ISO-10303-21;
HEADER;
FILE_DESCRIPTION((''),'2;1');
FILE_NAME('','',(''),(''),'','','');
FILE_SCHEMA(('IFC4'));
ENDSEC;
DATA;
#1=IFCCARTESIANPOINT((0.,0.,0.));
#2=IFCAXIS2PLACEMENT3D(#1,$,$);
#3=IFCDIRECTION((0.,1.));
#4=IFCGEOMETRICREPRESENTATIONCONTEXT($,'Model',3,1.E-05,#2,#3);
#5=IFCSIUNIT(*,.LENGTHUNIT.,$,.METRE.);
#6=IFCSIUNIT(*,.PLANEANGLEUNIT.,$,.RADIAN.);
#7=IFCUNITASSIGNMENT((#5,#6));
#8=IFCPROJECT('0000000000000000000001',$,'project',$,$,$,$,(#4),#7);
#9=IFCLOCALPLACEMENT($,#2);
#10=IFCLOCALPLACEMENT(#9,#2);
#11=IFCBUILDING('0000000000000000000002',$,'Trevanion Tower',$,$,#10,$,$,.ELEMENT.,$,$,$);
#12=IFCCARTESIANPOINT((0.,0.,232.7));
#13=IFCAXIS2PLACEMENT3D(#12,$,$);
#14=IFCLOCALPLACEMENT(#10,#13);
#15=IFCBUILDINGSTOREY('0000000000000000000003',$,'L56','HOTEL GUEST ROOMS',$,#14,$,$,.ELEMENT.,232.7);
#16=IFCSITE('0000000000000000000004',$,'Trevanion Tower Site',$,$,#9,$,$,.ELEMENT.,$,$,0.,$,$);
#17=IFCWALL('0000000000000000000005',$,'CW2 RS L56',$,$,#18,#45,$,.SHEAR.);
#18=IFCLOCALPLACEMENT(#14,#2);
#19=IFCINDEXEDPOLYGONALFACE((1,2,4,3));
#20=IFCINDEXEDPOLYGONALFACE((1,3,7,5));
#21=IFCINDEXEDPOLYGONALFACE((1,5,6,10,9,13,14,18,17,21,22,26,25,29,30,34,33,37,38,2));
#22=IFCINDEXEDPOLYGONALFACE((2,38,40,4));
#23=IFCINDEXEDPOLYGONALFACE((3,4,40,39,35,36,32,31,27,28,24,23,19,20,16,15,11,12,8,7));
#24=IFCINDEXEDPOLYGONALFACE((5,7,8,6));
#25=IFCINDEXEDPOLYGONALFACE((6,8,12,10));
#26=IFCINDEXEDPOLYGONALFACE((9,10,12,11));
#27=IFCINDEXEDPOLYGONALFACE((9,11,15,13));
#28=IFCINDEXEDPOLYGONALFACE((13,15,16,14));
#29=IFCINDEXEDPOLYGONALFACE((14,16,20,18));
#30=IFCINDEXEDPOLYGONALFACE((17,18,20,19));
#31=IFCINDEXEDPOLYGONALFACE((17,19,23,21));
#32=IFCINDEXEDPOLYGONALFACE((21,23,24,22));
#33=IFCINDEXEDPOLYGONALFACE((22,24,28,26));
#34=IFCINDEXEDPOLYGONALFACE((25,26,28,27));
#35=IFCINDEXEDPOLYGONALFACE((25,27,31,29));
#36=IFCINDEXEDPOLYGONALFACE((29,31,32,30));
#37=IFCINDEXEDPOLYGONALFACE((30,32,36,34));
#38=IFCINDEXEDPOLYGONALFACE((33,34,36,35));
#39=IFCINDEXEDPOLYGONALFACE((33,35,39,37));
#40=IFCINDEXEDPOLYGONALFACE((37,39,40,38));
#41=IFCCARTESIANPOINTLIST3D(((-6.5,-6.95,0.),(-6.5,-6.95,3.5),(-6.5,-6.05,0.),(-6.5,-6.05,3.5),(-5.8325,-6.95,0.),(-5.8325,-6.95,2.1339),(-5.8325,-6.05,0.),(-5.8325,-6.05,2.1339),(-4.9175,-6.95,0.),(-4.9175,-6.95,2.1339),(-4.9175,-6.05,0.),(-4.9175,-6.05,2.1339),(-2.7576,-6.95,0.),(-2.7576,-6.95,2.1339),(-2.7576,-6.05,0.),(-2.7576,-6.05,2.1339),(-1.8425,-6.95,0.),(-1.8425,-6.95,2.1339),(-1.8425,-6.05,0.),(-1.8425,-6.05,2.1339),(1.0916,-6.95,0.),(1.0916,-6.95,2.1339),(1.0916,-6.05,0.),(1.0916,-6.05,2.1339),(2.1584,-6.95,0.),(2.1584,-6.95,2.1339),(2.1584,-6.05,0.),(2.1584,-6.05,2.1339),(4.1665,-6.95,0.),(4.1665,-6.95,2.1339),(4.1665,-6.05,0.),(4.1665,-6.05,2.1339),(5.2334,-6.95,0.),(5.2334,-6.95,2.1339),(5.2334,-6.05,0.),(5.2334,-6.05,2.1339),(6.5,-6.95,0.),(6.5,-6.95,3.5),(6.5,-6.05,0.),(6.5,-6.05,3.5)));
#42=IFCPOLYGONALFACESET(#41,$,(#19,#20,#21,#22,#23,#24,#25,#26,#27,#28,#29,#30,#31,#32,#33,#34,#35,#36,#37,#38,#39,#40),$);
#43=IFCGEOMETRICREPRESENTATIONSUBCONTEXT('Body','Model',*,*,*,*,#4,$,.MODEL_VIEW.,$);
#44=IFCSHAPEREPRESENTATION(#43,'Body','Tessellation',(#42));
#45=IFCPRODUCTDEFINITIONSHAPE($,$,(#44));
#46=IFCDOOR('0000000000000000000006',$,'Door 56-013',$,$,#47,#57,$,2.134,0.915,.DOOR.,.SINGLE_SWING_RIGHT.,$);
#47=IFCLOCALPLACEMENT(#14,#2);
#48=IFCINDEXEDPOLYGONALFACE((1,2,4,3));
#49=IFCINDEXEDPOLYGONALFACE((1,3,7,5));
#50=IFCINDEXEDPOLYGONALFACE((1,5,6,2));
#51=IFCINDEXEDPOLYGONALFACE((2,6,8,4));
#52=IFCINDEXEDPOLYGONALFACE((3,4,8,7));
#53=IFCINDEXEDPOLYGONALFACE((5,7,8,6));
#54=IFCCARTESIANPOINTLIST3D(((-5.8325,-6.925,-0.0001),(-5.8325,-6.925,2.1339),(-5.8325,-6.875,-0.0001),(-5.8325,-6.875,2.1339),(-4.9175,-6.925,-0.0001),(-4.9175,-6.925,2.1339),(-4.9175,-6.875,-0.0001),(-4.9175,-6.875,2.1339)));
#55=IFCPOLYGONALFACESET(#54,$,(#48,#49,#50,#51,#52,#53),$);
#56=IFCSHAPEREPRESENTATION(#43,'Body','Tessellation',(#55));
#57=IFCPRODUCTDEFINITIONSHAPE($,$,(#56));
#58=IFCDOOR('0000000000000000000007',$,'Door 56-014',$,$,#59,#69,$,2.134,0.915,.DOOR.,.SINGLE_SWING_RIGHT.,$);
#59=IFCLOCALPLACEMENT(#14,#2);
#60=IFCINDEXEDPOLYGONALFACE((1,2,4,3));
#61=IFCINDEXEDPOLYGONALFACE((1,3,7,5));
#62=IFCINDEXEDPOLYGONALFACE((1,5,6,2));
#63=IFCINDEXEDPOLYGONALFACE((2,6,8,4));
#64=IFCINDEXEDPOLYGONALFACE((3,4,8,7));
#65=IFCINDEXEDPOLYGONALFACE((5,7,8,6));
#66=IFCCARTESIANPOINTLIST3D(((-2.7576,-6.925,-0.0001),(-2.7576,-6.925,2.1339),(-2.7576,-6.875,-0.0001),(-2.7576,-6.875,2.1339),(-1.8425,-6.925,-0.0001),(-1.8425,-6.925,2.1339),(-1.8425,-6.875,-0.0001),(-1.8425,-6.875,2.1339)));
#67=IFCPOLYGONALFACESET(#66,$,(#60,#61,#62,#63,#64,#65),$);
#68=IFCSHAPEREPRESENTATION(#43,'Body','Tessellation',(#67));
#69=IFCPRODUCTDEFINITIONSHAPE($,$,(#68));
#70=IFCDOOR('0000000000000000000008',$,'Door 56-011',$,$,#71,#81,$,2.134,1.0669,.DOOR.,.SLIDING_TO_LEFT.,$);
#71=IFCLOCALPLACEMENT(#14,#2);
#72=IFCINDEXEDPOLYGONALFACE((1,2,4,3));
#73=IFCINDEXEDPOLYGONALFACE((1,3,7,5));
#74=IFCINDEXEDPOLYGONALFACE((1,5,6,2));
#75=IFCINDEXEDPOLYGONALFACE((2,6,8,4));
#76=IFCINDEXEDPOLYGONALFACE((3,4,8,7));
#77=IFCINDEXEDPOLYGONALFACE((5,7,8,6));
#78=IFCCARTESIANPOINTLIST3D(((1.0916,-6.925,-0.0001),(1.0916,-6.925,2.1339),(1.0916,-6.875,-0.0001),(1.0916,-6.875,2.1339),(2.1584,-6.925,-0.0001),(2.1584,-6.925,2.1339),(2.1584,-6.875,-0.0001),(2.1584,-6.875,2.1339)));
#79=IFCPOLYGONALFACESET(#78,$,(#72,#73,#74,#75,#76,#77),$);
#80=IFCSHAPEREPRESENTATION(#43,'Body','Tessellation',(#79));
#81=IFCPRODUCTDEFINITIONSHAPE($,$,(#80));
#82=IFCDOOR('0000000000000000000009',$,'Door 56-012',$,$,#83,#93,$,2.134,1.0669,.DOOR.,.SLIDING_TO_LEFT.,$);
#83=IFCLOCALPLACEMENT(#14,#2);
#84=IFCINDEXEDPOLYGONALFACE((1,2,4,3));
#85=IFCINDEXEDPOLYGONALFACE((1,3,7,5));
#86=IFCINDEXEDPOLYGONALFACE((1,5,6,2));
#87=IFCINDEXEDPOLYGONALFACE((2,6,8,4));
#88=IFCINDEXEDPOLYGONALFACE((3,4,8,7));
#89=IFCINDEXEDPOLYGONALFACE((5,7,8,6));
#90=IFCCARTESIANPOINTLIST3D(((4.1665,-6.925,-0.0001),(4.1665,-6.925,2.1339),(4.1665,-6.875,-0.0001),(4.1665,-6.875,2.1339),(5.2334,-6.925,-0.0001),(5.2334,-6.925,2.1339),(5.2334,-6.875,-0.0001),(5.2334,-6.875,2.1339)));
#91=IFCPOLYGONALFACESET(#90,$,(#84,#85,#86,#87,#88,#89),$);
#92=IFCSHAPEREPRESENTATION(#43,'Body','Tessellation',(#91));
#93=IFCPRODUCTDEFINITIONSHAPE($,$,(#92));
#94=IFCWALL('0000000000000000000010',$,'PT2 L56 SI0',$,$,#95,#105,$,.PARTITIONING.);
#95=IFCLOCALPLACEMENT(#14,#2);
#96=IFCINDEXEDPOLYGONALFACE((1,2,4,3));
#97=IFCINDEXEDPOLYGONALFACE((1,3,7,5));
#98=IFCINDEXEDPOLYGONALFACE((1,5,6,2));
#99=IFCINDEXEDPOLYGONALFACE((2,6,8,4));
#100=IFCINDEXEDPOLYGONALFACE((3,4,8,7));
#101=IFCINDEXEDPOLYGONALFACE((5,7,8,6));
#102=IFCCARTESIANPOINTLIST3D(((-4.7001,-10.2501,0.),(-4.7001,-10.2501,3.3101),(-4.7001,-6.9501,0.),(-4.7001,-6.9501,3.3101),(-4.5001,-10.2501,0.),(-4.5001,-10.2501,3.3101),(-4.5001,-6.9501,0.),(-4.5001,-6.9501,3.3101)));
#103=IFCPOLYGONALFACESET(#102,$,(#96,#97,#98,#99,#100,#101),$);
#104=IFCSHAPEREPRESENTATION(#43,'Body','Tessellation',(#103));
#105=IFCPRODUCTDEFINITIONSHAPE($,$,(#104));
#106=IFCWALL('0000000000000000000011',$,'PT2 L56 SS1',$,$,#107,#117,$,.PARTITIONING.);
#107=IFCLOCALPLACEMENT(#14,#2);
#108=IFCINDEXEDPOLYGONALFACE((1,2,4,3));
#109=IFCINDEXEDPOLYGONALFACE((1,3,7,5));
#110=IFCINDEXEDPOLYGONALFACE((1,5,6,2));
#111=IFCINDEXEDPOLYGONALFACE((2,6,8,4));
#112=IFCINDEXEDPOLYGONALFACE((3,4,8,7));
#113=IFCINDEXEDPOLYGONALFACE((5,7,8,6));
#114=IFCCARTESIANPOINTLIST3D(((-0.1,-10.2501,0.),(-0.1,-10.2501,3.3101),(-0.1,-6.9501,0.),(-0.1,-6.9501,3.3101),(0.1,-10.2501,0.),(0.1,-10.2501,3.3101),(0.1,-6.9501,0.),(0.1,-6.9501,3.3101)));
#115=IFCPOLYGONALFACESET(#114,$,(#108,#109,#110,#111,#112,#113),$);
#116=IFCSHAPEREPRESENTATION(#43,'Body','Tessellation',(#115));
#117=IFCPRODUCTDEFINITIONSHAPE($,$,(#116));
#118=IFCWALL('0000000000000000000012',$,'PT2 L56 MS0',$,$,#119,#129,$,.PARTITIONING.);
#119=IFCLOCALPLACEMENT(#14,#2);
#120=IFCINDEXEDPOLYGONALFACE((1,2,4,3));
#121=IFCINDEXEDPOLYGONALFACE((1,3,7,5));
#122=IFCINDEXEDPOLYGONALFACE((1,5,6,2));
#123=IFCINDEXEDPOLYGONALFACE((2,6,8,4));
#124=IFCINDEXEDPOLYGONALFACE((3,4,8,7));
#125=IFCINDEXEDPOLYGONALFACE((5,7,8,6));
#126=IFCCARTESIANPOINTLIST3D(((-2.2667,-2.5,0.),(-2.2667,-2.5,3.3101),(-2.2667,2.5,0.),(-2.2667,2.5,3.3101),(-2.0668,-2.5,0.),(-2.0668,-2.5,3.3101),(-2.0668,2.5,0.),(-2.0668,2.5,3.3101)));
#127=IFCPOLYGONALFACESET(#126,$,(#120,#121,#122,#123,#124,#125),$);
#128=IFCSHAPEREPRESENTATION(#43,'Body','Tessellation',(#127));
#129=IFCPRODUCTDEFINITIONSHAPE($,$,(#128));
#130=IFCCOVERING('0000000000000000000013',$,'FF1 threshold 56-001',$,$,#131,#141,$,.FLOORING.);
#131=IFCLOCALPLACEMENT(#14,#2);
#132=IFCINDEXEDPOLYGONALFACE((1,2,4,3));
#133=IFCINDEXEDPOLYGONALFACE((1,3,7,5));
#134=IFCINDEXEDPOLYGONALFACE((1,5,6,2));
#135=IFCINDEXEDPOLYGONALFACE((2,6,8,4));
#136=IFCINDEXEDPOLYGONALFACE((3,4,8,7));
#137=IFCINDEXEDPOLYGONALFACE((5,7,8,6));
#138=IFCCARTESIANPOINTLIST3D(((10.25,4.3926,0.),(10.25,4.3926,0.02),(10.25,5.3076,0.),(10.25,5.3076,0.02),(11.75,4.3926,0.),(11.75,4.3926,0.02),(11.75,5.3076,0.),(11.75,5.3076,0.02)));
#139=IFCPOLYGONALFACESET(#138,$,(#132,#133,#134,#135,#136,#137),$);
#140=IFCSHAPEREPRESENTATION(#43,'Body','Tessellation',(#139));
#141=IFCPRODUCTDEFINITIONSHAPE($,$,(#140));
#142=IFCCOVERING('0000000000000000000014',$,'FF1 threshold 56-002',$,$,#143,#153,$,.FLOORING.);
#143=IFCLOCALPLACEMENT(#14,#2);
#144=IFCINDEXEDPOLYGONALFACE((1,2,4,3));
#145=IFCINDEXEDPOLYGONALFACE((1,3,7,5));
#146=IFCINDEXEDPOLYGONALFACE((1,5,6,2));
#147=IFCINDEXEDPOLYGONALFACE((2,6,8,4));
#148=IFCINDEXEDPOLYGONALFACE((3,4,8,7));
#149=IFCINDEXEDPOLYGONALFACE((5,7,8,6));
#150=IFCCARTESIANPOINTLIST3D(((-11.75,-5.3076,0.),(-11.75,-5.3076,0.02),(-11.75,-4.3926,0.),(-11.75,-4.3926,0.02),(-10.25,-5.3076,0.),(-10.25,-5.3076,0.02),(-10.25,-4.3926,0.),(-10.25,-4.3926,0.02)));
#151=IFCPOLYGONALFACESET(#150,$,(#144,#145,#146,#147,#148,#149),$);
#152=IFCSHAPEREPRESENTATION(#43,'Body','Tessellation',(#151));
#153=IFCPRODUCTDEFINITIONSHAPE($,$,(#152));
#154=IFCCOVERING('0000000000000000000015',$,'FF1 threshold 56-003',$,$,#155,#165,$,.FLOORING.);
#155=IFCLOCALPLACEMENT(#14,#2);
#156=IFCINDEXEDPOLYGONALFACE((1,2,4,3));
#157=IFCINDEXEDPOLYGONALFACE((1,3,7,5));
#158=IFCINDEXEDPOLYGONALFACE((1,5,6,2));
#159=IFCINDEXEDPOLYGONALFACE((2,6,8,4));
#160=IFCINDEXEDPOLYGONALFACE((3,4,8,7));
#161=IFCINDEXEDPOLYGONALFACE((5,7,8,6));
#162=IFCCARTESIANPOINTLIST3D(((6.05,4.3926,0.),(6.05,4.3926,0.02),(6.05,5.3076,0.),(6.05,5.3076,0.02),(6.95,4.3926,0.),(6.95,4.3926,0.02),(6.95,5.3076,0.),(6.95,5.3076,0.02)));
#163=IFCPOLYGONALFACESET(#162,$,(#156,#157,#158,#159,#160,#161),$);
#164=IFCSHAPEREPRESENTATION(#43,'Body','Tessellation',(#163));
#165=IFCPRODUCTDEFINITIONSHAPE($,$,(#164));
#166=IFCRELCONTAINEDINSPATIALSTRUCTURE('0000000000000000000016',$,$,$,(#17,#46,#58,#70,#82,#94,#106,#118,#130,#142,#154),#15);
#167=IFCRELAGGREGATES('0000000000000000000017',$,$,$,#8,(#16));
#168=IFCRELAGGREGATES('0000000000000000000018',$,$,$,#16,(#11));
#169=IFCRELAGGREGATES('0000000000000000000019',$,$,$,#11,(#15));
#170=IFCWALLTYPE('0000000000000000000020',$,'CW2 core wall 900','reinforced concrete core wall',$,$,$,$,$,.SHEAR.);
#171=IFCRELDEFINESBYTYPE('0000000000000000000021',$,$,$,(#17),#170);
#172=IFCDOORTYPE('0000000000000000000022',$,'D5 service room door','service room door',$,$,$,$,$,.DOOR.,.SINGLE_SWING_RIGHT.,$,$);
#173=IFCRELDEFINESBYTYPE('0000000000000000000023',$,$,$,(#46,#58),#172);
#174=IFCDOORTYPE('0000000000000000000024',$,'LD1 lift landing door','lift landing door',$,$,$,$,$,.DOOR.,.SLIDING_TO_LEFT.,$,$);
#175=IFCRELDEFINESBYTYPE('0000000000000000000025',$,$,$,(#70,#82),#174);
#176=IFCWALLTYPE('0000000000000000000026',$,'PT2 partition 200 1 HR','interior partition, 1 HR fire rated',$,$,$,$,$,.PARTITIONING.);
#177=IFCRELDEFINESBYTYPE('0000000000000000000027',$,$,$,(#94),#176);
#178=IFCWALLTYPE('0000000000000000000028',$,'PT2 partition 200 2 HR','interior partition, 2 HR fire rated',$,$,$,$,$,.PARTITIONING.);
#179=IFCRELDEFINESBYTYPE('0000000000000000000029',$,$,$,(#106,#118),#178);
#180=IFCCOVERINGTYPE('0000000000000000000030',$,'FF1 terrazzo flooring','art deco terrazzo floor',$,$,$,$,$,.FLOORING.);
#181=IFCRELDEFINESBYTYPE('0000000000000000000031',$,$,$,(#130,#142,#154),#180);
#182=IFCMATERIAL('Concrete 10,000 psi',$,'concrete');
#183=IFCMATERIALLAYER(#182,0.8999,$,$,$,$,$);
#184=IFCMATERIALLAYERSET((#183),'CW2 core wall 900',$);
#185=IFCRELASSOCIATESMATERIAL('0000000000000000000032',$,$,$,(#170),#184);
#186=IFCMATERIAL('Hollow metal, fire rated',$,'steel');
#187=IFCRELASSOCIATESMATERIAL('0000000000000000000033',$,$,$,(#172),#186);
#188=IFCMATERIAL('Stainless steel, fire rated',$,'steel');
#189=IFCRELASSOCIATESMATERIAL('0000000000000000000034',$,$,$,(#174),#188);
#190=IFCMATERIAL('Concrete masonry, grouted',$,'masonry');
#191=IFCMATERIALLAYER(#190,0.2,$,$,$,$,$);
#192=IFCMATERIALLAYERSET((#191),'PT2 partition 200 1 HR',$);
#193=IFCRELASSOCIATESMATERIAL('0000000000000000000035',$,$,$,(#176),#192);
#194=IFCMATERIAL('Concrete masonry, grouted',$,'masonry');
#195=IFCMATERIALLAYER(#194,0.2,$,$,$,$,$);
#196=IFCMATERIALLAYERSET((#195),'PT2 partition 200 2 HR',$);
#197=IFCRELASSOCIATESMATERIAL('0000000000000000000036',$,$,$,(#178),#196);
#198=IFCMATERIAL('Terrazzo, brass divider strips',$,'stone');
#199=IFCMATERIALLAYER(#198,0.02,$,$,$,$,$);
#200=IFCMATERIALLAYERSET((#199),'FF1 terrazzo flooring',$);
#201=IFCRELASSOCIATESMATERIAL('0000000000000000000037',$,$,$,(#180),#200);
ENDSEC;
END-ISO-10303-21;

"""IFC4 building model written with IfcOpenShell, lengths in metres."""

from ifc_helpers import new_model, si_unit, direction, frame, frame_2d, origin, place, context, subcontext, project, spatial, polyline, rectangle, outline, extrude, material, layer, layer_set, type_object, element, fill, save


model = new_model("IFC4")

# Units and contexts
model_context = context("Model", 3, precision=1e-05, world=origin(), true_north=direction((0.0, 1.0)))
body_context = subcontext(model_context, "Body", "Model", "MODEL_VIEW")
ifc_project = project(units=[si_unit("LENGTHUNIT", "METRE"), si_unit("PLANEANGLEUNIT", "RADIAN")], contexts=[model_context])

# Site, building, storey
site_placement = place(None, origin())
site = spatial("IfcSite", under=ifc_project, at=site_placement, Name="Trevanion Tower Site", CompositionType="ELEMENT", RefElevation=0.0)
building_placement = place(site_placement, origin())
building = spatial("IfcBuilding", under=site, at=building_placement, Name="Trevanion Tower", CompositionType="ELEMENT")
storey_placement = place(building_placement, frame((0.0, 0.0, 232.7)))
storey = spatial("IfcBuildingStorey", under=building, at=storey_placement, Name="L56", Description="HOTEL GUEST ROOMS", CompositionType="ELEMENT", Elevation=232.7)

# Shared definitions
ifc_material_1 = material(Name="Concrete 10,000 psi", Category="concrete")
ifc_layer_1 = layer(ifc_material_1, 0.8999)
ifc_layer_set_1 = layer_set([ifc_layer_1], Name="CW2 core wall 900")
wall_type_1 = type_object("IfcWallType", Name="CW2 core wall 900", Description="reinforced concrete core wall", PredefinedType="SHEAR", material=ifc_layer_set_1)

# Wall, openings, doors
wall_1_placement = place(storey_placement, frame((-6.5, -6.5, 0.0), z_axis=(0.0, 0.0, 1.0), x_axis=(1.0, 0.0, 0.0)))
wall_1 = element("IfcWall", 1, at=wall_1_placement, inside=storey, type_object=wall_type_1, Name="CW2 RS L56", PredefinedType="SHEAR", context=body_context, shape_type="SweptSolid", body=[
    extrude(rectangle(XDim=13.0, YDim=0.8999, at=frame_2d((6.5, 0.0))), origin(), (0.0, 0.0, 1.0), 3.5),
])
opening_1_placement = place(wall_1_placement, frame((7.5916, 0.0, 0.0)))
opening_1 = element("IfcOpeningElement", 2, at=opening_1_placement, cuts=wall_1, PredefinedType="OPENING", context=body_context, shape_type="SweptSolid", body=[
    extrude(rectangle(XDim=1.0669, YDim=2.134, at=frame_2d((0.5334, 1.0669))), frame((0.0, 0.46, 0.0), z_axis=(0.0, -1.0, 0.0), x_axis=(1.0, 0.0, 0.0)), (0.0, 0.0, 1.0), 0.9199),
])
opening_2_placement = place(wall_1_placement, frame((10.6665, 0.0, 0.0)))
opening_2 = element("IfcOpeningElement", 3, at=opening_2_placement, cuts=wall_1, PredefinedType="OPENING", context=body_context, shape_type="SweptSolid", body=[
    extrude(rectangle(XDim=1.0669, YDim=2.134, at=frame_2d((0.5334, 1.0669))), frame((0.0, 0.46, 0.0), z_axis=(0.0, -1.0, 0.0), x_axis=(1.0, 0.0, 0.0)), (0.0, 0.0, 1.0), 0.9199),
])
opening_3_placement = place(wall_1_placement, frame((0.6675, 0.0, 0.0)))
opening_3 = element("IfcOpeningElement", 4, at=opening_3_placement, cuts=wall_1, PredefinedType="OPENING", context=body_context, shape_type="SweptSolid", body=[
    extrude(rectangle(XDim=0.915, YDim=2.134, at=frame_2d((0.4575, 1.0669))), frame((0.0, 0.46, 0.0), z_axis=(0.0, -1.0, 0.0), x_axis=(1.0, 0.0, 0.0)), (0.0, 0.0, 1.0), 0.9199),
])
opening_4_placement = place(wall_1_placement, frame((3.7424, 0.0, 0.0)))
opening_4 = element("IfcOpeningElement", 5, at=opening_4_placement, cuts=wall_1, PredefinedType="OPENING", context=body_context, shape_type="SweptSolid", body=[
    extrude(rectangle(XDim=0.915, YDim=2.134, at=frame_2d((0.4575, 1.0669))), frame((0.0, 0.46, 0.0), z_axis=(0.0, -1.0, 0.0), x_axis=(1.0, 0.0, 0.0)), (0.0, 0.0, 1.0), 0.9199),
])
ifc_material_2 = material(Name="Hollow metal, fire rated", Category="steel")
door_type_1 = type_object("IfcDoorType", Name="D5 service room door", Description="service room door", OperationType="SINGLE_SWING_RIGHT", PredefinedType="DOOR", material=ifc_material_2)
door_1_placement = place(opening_3_placement, origin())
door_1 = element("IfcDoor", 6, at=door_1_placement, inside=storey, type_object=door_type_1, Name="Door 56-013", OperationType="SINGLE_SWING_RIGHT", OverallHeight=2.134, OverallWidth=0.915, PredefinedType="DOOR", context=body_context, shape_type="SweptSolid", body=[
    extrude(rectangle(XDim=0.915, YDim=2.134, at=frame_2d((0.4575, 1.0669))), frame((0.0, -0.375, 0.0), z_axis=(0.0, -1.0, 0.0), x_axis=(1.0, 0.0, 0.0)), (0.0, 0.0, 1.0), 0.05),
])
fill(opening_3, door_1)
door_2_placement = place(opening_4_placement, origin())
door_2 = element("IfcDoor", 7, at=door_2_placement, inside=storey, type_object=door_type_1, Name="Door 56-014", OperationType="SINGLE_SWING_RIGHT", OverallHeight=2.134, OverallWidth=0.915, PredefinedType="DOOR", context=body_context, shape_type="SweptSolid", body=[
    extrude(rectangle(XDim=0.915, YDim=2.134, at=frame_2d((0.4575, 1.0669))), frame((0.0, -0.375, 0.0), z_axis=(0.0, -1.0, 0.0), x_axis=(1.0, 0.0, 0.0)), (0.0, 0.0, 1.0), 0.05),
])
fill(opening_4, door_2)
ifc_material_3 = material(Name="Stainless steel, fire rated", Category="steel")
door_type_2 = type_object("IfcDoorType", Name="LD1 lift landing door", Description="lift landing door", OperationType="SLIDING_TO_LEFT", PredefinedType="DOOR", material=ifc_material_3)
door_3_placement = place(opening_1_placement, origin())
door_3 = element("IfcDoor", 8, at=door_3_placement, inside=storey, type_object=door_type_2, Name="Door 56-011", OperationType="SLIDING_TO_LEFT", OverallHeight=2.134, OverallWidth=1.0669, PredefinedType="DOOR", context=body_context, shape_type="SweptSolid", body=[
    extrude(rectangle(XDim=1.0669, YDim=2.134, at=frame_2d((0.5334, 1.0669))), frame((0.0, -0.375, 0.0), z_axis=(0.0, -1.0, 0.0), x_axis=(1.0, 0.0, 0.0)), (0.0, 0.0, 1.0), 0.05),
])
fill(opening_1, door_3)
door_4_placement = place(opening_2_placement, origin())
door_4 = element("IfcDoor", 9, at=door_4_placement, inside=storey, type_object=door_type_2, Name="Door 56-012", OperationType="SLIDING_TO_LEFT", OverallHeight=2.134, OverallWidth=1.0669, PredefinedType="DOOR", context=body_context, shape_type="SweptSolid", body=[
    extrude(rectangle(XDim=1.0669, YDim=2.134, at=frame_2d((0.5334, 1.0669))), frame((0.0, -0.375, 0.0), z_axis=(0.0, -1.0, 0.0), x_axis=(1.0, 0.0, 0.0)), (0.0, 0.0, 1.0), 0.05),
])
fill(opening_2, door_4)

# Walls
ifc_material_4 = material(Name="Concrete masonry, grouted", Category="masonry")
ifc_layer_2 = layer(ifc_material_4, 0.2)
ifc_layer_set_2 = layer_set([ifc_layer_2], Name="PT2 partition 200 1 HR")
wall_type_2 = type_object("IfcWallType", Name="PT2 partition 200 1 HR", Description="interior partition, 1 HR fire rated", PredefinedType="PARTITIONING", material=ifc_layer_set_2)
wall_2_placement = place(storey_placement, frame((-4.6001, -10.25, 0.0), z_axis=(0.0, 0.0, 1.0), x_axis=(0.0, 1.0, 0.0)))
element("IfcWall", 10, at=wall_2_placement, inside=storey, type_object=wall_type_2, Name="PT2 L56 SI0", PredefinedType="PARTITIONING", context=body_context, shape_type="SweptSolid", body=[
    extrude(rectangle(XDim=3.3, YDim=0.2, at=frame_2d((1.6499, 0.0))), origin(), (0.0, 0.0, 1.0), 3.3101),
])
ifc_material_5 = material(Name="Concrete masonry, grouted", Category="masonry")
ifc_layer_3 = layer(ifc_material_5, 0.2)
ifc_layer_set_3 = layer_set([ifc_layer_3], Name="PT2 partition 200 2 HR")
wall_type_3 = type_object("IfcWallType", Name="PT2 partition 200 2 HR", Description="interior partition, 2 HR fire rated", PredefinedType="PARTITIONING", material=ifc_layer_set_3)
wall_3_placement = place(storey_placement, frame((0.0, -10.25, 0.0), z_axis=(0.0, 0.0, 1.0), x_axis=(0.0, 1.0, 0.0)))
element("IfcWall", 11, at=wall_3_placement, inside=storey, type_object=wall_type_3, Name="PT2 L56 SS1", PredefinedType="PARTITIONING", context=body_context, shape_type="SweptSolid", body=[
    extrude(rectangle(XDim=3.3, YDim=0.2, at=frame_2d((1.6499, 0.0))), origin(), (0.0, 0.0, 1.0), 3.3101),
])
wall_4_placement = place(storey_placement, frame((-2.1667, -2.5, 0.0), z_axis=(0.0, 0.0, 1.0), x_axis=(0.0, 1.0, 0.0)))
element("IfcWall", 12, at=wall_4_placement, inside=storey, type_object=wall_type_3, Name="PT2 L56 MS0", PredefinedType="PARTITIONING", context=body_context, shape_type="SweptSolid", body=[
    extrude(rectangle(XDim=5.0, YDim=0.2, at=frame_2d((2.5, 0.0))), origin(), (0.0, 0.0, 1.0), 3.3101),
])

# Coverings
ifc_material_6 = material(Name="Terrazzo, brass divider strips", Category="stone")
ifc_layer_4 = layer(ifc_material_6, 0.02)
ifc_layer_set_4 = layer_set([ifc_layer_4], Name="FF1 terrazzo flooring")
covering_type = type_object("IfcCoveringType", Name="FF1 terrazzo flooring", Description="art deco terrazzo floor", PredefinedType="FLOORING", material=ifc_layer_set_4)
covering_1_placement = place(storey_placement, origin())
element("IfcCovering", 13, at=covering_1_placement, inside=storey, type_object=covering_type, Name="FF1 threshold 56-001", PredefinedType="FLOORING", context=body_context, shape_type="SweptSolid", body=[
    extrude(outline(polyline([(11.75, 4.3926), (11.75, 5.3076), (10.25, 5.3076), (10.25, 4.3926), (11.75, 4.3926)])), origin(), (0.0, 0.0, 1.0), 0.02),
])
covering_2_placement = place(storey_placement, origin())
element("IfcCovering", 14, at=covering_2_placement, inside=storey, type_object=covering_type, Name="FF1 threshold 56-002", PredefinedType="FLOORING", context=body_context, shape_type="SweptSolid", body=[
    extrude(outline(polyline([(-11.75, -4.3926), (-11.75, -5.3076), (-10.25, -5.3076), (-10.25, -4.3926), (-11.75, -4.3926)])), origin(), (0.0, 0.0, 1.0), 0.02),
])
covering_3_placement = place(storey_placement, origin())
element("IfcCovering", 15, at=covering_3_placement, inside=storey, type_object=covering_type, Name="FF1 threshold 56-003", PredefinedType="FLOORING", context=body_context, shape_type="SweptSolid", body=[
    extrude(outline(polyline([(6.95, 4.3926), (6.95, 5.3076), (6.05, 5.3076), (6.05, 4.3926), (6.95, 4.3926)])), origin(), (0.0, 0.0, 1.0), 0.02),
])

save(model, "model.ifc")
